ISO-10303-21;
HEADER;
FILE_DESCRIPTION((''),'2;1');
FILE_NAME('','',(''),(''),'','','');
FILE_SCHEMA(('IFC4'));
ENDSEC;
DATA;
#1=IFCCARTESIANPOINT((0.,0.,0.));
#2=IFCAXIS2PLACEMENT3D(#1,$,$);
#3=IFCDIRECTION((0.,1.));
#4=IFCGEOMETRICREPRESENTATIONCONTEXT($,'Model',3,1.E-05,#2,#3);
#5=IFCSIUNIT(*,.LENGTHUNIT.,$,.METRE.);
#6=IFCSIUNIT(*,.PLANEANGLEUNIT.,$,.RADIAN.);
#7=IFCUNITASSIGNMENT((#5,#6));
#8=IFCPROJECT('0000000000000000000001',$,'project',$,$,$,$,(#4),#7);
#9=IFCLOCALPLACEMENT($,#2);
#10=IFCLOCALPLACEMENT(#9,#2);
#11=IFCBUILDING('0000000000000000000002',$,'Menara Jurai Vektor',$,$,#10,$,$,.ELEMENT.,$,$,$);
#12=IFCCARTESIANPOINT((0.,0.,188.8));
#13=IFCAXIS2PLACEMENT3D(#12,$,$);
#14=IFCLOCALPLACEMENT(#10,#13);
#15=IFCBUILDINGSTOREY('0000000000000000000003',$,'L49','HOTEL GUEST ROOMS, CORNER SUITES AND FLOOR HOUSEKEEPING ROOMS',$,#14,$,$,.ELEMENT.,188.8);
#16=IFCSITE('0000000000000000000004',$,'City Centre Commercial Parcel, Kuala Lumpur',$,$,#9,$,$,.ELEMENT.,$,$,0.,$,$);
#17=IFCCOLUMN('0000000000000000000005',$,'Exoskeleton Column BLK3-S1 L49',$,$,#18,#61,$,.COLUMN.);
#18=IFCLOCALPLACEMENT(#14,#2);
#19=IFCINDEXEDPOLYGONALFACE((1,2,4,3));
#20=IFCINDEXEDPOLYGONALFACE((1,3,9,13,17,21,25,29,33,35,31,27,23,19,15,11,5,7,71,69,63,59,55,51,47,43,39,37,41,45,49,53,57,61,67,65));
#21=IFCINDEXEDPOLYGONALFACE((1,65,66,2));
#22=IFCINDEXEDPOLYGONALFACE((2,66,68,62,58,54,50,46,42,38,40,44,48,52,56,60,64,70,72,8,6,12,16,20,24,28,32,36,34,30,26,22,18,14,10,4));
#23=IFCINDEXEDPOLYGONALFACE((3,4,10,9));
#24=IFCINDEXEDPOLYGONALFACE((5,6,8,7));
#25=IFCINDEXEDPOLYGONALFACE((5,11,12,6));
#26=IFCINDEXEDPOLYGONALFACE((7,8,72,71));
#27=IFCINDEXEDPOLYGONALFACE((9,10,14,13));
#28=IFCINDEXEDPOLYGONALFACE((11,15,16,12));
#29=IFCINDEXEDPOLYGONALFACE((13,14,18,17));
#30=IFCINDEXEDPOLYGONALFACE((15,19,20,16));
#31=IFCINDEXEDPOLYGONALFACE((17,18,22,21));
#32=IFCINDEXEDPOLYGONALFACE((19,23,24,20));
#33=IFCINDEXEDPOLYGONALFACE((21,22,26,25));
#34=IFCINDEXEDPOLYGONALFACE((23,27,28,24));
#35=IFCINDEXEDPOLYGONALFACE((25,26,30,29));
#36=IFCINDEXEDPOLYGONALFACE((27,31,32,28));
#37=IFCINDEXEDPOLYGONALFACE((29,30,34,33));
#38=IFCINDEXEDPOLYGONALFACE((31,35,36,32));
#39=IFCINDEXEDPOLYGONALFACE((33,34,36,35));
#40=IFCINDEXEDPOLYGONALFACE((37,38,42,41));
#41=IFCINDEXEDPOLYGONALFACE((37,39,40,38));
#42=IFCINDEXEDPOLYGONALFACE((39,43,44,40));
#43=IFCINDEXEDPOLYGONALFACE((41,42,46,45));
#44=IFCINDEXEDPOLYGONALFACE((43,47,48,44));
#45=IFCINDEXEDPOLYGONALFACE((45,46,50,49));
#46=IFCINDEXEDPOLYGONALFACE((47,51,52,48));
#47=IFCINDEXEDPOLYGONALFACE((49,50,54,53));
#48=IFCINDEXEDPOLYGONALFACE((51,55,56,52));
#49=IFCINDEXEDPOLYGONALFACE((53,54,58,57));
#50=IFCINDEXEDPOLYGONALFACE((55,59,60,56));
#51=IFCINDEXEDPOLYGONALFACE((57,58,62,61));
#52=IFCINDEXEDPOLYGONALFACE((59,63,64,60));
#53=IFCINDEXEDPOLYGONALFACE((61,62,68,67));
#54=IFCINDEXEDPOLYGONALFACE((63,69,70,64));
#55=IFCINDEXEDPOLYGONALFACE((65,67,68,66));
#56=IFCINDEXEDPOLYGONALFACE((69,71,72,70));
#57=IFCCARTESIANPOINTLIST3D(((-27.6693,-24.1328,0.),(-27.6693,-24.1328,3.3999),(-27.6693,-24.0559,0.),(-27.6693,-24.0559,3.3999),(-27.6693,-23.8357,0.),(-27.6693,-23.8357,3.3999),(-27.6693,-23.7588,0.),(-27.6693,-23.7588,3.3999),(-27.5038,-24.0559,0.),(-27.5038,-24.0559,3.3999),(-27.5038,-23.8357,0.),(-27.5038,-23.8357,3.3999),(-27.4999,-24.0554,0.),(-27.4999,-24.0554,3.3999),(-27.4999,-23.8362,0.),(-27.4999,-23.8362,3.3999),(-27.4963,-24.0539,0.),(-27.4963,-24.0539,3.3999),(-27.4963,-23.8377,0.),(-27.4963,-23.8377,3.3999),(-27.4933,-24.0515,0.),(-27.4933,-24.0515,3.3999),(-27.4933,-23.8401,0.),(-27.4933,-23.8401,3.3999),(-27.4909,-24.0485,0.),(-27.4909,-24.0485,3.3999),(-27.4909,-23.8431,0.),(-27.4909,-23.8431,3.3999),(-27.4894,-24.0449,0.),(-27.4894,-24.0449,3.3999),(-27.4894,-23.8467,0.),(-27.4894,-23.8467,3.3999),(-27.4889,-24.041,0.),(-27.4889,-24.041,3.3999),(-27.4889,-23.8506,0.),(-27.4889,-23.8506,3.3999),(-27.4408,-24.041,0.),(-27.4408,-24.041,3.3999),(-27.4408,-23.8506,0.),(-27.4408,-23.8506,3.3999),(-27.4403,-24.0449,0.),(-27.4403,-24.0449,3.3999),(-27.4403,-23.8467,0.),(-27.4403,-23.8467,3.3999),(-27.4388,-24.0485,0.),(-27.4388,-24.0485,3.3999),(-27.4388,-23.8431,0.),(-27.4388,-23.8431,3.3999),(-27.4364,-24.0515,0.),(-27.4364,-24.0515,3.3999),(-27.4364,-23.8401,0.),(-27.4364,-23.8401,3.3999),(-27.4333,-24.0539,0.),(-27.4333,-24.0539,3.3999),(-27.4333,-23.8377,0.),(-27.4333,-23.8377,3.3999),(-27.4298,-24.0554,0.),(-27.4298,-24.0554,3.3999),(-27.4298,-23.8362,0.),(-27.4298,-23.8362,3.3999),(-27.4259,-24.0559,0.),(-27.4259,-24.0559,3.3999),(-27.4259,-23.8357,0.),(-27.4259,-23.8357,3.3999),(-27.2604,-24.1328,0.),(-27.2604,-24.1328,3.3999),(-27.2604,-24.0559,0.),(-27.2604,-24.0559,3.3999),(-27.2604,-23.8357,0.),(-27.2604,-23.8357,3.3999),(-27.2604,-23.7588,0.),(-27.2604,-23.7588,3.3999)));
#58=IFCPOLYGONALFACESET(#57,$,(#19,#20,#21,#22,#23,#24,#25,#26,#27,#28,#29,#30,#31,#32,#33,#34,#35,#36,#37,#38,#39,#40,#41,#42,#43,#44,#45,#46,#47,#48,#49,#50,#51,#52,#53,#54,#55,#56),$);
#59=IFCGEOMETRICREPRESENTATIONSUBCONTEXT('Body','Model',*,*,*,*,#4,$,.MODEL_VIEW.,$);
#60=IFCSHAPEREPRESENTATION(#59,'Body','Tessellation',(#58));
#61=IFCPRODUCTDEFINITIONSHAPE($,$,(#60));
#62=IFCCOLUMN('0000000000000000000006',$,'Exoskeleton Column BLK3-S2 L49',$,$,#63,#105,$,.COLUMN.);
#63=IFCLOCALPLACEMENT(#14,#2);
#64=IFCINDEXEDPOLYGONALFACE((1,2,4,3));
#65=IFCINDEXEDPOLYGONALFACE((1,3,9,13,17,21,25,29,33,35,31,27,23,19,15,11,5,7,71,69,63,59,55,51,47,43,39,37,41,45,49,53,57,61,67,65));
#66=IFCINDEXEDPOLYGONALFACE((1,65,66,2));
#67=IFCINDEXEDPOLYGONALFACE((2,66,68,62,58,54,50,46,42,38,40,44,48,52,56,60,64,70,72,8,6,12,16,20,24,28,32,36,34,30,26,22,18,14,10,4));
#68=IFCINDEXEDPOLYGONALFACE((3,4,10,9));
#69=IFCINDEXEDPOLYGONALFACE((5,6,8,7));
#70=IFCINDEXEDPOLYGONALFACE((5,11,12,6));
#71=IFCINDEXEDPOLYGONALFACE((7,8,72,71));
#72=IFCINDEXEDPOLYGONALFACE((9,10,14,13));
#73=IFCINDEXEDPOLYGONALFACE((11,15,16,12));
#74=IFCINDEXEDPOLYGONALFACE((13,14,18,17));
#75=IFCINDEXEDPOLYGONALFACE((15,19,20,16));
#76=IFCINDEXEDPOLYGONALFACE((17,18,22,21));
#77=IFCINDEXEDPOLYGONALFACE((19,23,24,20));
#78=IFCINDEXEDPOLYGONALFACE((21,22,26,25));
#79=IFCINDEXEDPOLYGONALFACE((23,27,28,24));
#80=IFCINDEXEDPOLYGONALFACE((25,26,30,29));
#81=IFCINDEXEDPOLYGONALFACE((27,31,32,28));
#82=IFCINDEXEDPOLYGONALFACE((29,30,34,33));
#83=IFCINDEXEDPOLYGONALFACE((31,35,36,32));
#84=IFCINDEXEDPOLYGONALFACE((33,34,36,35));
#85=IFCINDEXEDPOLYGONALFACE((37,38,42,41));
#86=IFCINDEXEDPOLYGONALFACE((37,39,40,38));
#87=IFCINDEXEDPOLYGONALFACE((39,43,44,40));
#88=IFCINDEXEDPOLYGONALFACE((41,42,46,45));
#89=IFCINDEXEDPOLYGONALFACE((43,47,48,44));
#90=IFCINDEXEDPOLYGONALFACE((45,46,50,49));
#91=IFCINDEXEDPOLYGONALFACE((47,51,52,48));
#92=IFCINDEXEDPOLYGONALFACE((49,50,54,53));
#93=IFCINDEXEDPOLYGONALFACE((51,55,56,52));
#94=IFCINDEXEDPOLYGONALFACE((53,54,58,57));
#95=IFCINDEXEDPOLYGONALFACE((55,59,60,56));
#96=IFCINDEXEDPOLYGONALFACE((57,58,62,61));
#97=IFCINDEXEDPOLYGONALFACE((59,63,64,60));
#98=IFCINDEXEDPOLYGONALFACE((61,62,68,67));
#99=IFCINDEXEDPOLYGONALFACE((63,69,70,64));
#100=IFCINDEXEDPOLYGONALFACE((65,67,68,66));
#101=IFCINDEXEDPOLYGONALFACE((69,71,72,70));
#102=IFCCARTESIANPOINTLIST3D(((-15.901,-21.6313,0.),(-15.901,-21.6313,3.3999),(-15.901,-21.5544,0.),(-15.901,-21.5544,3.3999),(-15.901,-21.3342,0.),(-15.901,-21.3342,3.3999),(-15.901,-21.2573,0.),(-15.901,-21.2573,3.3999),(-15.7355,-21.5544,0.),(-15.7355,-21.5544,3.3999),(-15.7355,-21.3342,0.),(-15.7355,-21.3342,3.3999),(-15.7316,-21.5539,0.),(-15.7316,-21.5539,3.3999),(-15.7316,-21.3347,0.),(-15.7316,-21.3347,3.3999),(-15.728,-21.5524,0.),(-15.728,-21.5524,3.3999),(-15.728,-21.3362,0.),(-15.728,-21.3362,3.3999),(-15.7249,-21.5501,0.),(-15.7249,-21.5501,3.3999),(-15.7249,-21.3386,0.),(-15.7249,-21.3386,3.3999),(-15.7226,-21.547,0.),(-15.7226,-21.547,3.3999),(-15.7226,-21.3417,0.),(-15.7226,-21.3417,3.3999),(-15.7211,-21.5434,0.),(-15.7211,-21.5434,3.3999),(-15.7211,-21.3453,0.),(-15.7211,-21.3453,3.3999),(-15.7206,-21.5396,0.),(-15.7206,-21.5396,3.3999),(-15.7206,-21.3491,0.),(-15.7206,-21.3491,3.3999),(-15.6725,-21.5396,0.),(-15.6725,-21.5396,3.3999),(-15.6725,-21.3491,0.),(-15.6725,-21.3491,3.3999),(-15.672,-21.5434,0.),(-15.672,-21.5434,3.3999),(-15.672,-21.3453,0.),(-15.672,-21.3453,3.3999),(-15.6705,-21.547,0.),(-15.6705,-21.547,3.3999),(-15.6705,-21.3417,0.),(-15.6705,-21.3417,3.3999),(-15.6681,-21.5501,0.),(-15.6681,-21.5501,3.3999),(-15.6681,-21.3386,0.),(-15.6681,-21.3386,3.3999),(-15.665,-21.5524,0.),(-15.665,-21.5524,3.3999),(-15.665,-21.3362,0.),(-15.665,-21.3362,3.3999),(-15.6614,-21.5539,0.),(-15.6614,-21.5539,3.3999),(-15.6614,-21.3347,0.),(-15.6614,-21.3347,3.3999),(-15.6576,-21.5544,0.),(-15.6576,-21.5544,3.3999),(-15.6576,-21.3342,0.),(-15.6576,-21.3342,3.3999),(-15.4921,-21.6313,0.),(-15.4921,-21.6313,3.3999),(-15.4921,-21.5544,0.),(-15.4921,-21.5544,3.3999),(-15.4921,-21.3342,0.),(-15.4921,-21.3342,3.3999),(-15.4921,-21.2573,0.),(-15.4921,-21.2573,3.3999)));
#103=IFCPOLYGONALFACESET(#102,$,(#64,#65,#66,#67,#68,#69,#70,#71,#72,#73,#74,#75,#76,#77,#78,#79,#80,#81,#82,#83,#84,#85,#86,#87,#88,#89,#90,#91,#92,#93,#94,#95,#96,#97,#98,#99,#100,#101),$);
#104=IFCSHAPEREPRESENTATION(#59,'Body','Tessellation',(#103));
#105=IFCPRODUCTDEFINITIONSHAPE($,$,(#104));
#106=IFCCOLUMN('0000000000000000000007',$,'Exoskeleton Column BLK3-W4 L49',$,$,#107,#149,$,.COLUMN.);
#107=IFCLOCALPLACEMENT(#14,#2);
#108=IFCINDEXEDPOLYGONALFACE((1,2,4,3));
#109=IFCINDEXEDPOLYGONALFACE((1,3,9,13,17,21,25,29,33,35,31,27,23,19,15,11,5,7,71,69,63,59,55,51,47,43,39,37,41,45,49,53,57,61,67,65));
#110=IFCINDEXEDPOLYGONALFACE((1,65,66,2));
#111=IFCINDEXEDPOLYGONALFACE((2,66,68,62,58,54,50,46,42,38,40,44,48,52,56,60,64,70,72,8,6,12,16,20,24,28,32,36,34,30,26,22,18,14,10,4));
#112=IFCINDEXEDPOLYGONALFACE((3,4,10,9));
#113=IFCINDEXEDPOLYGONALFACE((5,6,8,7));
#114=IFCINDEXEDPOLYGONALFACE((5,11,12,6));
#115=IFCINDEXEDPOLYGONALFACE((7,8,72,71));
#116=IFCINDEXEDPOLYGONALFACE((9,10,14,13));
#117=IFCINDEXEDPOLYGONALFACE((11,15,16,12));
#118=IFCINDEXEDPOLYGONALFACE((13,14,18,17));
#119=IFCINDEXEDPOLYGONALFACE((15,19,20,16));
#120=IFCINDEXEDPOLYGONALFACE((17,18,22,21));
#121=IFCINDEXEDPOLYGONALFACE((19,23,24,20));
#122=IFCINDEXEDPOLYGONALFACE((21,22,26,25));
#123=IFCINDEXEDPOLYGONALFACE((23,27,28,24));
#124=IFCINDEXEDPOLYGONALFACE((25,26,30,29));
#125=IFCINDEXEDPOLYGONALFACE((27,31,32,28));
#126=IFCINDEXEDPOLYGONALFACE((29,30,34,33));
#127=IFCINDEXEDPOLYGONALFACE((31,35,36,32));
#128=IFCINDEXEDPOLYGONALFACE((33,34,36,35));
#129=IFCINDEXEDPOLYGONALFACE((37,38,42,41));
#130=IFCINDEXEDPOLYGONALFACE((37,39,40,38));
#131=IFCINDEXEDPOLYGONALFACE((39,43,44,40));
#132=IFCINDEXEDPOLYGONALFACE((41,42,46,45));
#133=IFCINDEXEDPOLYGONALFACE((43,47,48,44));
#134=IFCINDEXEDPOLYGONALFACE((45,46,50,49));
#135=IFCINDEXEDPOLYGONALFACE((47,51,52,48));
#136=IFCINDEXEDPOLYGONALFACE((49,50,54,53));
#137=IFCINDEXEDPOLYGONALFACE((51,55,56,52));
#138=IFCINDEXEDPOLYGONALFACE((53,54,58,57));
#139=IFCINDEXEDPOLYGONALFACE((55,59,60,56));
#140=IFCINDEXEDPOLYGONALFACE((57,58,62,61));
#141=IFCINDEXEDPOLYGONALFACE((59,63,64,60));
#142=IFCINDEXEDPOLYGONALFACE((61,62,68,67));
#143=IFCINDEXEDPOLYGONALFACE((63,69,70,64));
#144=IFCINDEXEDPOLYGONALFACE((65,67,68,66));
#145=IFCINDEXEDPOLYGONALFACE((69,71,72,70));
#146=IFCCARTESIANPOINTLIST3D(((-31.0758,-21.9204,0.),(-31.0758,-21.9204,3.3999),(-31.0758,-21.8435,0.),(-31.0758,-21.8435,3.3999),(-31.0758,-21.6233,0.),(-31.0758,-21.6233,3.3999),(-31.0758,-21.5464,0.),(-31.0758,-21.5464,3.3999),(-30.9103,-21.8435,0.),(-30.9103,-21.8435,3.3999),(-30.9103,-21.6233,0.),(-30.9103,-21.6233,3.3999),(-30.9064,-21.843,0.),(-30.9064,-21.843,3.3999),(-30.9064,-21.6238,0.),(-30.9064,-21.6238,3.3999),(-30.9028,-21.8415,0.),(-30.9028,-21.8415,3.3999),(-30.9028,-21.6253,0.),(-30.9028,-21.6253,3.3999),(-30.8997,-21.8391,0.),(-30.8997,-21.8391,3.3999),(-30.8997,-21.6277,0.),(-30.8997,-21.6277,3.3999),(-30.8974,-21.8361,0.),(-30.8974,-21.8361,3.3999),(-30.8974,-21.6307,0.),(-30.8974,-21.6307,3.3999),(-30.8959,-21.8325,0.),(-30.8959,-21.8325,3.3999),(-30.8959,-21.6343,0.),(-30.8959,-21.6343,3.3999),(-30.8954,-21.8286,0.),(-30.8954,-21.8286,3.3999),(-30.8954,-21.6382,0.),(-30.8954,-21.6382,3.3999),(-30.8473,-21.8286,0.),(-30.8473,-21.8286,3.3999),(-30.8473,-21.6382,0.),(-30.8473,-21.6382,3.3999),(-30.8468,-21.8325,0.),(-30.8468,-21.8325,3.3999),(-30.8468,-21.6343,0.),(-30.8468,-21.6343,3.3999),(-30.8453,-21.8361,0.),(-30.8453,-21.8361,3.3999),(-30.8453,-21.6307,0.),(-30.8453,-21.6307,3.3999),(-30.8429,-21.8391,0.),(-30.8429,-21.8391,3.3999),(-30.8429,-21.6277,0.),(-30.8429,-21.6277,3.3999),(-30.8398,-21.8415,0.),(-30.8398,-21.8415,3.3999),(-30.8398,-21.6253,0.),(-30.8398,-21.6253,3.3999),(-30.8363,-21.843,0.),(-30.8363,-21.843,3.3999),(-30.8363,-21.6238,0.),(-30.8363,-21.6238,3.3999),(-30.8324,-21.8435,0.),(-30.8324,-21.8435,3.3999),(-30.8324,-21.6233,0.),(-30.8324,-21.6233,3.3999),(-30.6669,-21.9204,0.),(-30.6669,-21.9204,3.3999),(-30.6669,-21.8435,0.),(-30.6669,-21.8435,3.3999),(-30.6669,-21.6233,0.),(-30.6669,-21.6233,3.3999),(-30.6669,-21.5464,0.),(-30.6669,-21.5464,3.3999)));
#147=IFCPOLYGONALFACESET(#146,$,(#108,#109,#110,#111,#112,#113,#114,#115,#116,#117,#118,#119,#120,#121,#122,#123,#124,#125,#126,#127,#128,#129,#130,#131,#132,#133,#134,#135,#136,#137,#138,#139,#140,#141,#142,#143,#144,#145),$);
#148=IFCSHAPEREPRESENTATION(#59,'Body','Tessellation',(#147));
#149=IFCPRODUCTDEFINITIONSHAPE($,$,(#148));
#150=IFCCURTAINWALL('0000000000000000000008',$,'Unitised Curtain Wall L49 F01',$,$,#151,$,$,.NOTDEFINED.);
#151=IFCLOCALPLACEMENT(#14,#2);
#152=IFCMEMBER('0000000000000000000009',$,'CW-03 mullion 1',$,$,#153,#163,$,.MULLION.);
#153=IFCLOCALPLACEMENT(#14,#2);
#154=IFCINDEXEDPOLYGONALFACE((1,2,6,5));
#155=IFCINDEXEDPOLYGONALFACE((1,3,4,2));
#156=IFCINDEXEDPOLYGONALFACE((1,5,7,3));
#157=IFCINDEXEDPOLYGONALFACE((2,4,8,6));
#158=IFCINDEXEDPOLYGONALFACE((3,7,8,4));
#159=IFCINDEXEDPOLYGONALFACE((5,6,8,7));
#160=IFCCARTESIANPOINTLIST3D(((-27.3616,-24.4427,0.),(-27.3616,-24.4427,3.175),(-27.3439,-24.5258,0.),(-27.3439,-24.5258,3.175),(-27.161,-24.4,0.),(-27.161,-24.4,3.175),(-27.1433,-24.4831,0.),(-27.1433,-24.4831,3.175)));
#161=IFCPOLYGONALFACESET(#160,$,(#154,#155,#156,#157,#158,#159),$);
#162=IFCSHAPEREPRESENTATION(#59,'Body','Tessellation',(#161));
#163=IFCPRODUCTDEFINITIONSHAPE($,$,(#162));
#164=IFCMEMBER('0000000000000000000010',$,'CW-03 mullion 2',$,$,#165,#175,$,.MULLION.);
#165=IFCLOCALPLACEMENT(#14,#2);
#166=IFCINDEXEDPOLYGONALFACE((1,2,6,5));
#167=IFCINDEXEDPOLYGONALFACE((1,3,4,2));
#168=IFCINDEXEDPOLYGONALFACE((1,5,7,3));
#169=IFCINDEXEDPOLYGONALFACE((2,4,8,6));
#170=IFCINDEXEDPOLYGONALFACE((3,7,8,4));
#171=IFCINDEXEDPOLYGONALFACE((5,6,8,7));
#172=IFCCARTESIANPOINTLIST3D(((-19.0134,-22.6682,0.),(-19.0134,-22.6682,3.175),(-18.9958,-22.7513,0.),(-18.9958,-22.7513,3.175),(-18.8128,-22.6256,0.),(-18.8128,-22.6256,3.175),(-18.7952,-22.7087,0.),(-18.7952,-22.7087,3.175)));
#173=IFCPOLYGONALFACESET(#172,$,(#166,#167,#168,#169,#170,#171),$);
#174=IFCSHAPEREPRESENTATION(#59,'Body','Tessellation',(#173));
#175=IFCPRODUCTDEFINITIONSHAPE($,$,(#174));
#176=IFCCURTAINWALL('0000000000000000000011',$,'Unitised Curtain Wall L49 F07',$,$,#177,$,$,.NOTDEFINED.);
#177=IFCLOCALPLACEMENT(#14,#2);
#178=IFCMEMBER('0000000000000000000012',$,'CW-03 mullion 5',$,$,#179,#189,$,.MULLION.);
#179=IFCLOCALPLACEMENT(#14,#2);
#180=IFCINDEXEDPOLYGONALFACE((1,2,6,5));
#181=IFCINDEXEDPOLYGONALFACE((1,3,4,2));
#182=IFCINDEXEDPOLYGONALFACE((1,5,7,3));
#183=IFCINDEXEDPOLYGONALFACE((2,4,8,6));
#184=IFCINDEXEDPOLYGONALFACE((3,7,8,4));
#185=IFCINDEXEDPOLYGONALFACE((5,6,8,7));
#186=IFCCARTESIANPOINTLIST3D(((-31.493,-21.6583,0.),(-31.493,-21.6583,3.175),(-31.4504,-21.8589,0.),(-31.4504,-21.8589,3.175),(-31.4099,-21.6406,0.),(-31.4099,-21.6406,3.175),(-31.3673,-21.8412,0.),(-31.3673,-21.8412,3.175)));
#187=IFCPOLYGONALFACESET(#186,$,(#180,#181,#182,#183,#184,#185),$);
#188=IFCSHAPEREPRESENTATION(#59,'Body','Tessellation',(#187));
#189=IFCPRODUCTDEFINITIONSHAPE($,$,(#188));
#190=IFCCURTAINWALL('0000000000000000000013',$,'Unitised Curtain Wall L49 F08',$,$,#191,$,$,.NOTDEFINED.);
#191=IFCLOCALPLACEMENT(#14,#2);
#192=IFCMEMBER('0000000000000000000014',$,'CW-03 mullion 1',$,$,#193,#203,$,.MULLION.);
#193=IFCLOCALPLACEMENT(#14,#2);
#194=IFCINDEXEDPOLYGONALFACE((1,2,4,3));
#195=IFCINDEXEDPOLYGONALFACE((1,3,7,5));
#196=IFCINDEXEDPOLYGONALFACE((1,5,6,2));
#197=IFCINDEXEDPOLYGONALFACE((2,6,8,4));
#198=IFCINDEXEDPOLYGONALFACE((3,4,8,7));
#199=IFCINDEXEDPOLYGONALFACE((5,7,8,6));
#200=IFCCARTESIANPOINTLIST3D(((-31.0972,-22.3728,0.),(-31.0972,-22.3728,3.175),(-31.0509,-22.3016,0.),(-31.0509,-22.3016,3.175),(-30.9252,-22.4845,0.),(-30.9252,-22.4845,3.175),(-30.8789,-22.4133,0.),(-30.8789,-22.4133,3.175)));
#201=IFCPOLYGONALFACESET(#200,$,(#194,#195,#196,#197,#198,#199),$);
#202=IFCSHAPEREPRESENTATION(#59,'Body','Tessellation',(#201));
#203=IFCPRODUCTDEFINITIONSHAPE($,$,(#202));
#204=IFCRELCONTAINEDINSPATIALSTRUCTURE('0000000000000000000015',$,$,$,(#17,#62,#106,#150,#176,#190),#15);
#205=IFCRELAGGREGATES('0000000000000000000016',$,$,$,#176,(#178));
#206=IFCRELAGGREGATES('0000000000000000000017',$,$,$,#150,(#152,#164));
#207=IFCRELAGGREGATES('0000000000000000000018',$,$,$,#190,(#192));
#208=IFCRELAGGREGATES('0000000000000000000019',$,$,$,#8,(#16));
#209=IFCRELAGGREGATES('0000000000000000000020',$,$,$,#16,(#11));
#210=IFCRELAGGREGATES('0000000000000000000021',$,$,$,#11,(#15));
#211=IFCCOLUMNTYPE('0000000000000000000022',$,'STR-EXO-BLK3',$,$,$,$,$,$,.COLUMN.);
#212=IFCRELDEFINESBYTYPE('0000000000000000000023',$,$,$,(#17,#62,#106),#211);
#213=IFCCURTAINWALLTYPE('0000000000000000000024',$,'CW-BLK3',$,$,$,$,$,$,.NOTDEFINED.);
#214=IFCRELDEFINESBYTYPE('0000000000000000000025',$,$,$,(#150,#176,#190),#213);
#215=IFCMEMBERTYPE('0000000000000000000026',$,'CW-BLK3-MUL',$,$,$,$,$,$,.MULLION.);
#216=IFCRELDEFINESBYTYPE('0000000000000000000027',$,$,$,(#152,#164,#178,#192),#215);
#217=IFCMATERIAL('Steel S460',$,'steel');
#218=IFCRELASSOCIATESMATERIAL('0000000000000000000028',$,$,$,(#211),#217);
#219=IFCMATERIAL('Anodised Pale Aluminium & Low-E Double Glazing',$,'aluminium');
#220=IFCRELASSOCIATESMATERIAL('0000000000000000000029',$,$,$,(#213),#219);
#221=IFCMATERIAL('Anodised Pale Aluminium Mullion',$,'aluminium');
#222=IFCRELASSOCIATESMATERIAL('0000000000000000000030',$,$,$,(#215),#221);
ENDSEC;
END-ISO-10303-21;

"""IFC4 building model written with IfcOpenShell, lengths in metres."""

from ifc_helpers import new_model, si_unit, direction, frame, origin, origin_2d, place, context, subcontext, project, spatial, rectangle, i_section, extrude, material, material_profile, profile_set, type_object, element, aggregate, save


model = new_model("IFC4")

# Units and contexts
model_context = context("Model", 3, precision=1e-05, world=origin(), true_north=direction((0.0, 1.0)))
body_context = subcontext(model_context, "Body", "Model", "MODEL_VIEW")
ifc_project = project(units=[si_unit("LENGTHUNIT", "METRE"), si_unit("PLANEANGLEUNIT", "RADIAN")], contexts=[model_context])

# Site, building, storey
site_placement = place(None, origin())
site = spatial("IfcSite", under=ifc_project, at=site_placement, Name="City Centre Commercial Parcel, Kuala Lumpur", CompositionType="ELEMENT", RefElevation=0.0)
building_placement = place(site_placement, origin())
building = spatial("IfcBuilding", under=site, at=building_placement, Name="Menara Jurai Vektor", CompositionType="ELEMENT")
storey_placement = place(building_placement, frame((0.0, 0.0, 188.8)))
storey = spatial("IfcBuildingStorey", under=building, at=storey_placement, Name="L49", Description="HOTEL GUEST ROOMS, CORNER SUITES AND FLOOR HOUSEKEEPING ROOMS", CompositionType="ELEMENT", Elevation=188.8)

# Columns
ifc_material_1 = material(Name="Steel S460", Category="steel")
ifc_material_profile_1 = material_profile(ifc_material_1, i_section(OverallWidth=0.4089, OverallDepth=0.374, WebThickness=0.0481, FlangeThickness=0.0769, FilletRadius=0.0149, at=origin_2d()), Name="HD 400x634")
ifc_profile_set_1 = profile_set([ifc_material_profile_1], Name="Steel S460")
column_type = type_object("IfcColumnType", Name="STR-EXO-BLK3", PredefinedType="COLUMN", material=ifc_profile_set_1)
for number, where, z_axis, x_axis, name in (
    (1, (-27.4648, -23.9458, 0.0), (0.0, 0.0, 1.0), (1.0, 0.0, 0.0), "Exoskeleton Column BLK3-S1 L49"),
    (2, (-15.6965, -21.4443, 0.0), (0.0, 0.0, 1.0), (1.0, 0.0, 0.0), "Exoskeleton Column BLK3-S2 L49"),
    (3, (-30.8713, -21.7334, 0.0), (0.0, 0.0, 1.0), (1.0, 0.0, 0.0), "Exoskeleton Column BLK3-W4 L49"),
):
    element("IfcColumn", number, at=place(storey_placement, frame(where, z_axis=z_axis, x_axis=x_axis)), inside=storey, type_object=column_type, Name=name, PredefinedType="COLUMN", context=body_context, shape_type="SweptSolid", body=[
        extrude(i_section(OverallWidth=0.4089, OverallDepth=0.374, WebThickness=0.0481, FlangeThickness=0.0769, FilletRadius=0.0149, at=origin_2d()), origin(), (0.0, 0.0, 1.0), 3.3999),
    ])

# Curtain wall, members
ifc_material_2 = material(Name="Anodised Pale Aluminium & Low-E Double Glazing", Category="aluminium")
curtain_wall_type = type_object("IfcCurtainWallType", Name="CW-BLK3", PredefinedType="NOTDEFINED", material=ifc_material_2)
curtain_wall_1_placement = place(storey_placement, origin())
curtain_wall_1 = element("IfcCurtainWall", 4, at=curtain_wall_1_placement, inside=storey, type_object=curtain_wall_type, Name="Unitised Curtain Wall L49 F01", PredefinedType="NOTDEFINED")
ifc_material_3 = material(Name="Anodised Pale Aluminium Mullion", Category="aluminium")
ifc_material_profile_2 = material_profile(ifc_material_3, rectangle(XDim=0.085, YDim=0.2051, at=origin_2d()), Name="ALU MUL 85x205")
ifc_profile_set_2 = profile_set([ifc_material_profile_2], Name="Anodised Pale Aluminium Mullion")
member_type_1 = type_object("IfcMemberType", Name="CW-BLK3-MUL", PredefinedType="MULLION", material=ifc_profile_set_2)
member_1_placement = place(storey_placement, frame((-27.2524, -24.4629, 0.0), z_axis=(0.0, 0.0, 1.0), x_axis=(-0.207911, 0.978148, 0.0)))
member_1 = element("IfcMember", 5, at=member_1_placement, type_object=member_type_1, Name="CW-03 mullion 1", PredefinedType="MULLION", context=body_context, shape_type="SweptSolid", body=[
    extrude(rectangle(XDim=0.085, YDim=0.2051, at=origin_2d()), origin(), (0.0, 0.0, 1.0), 3.175),
])
member_2_placement = place(storey_placement, frame((-18.9043, -22.6885, 0.0), z_axis=(0.0, 0.0, 1.0), x_axis=(-0.207911, 0.978148, 0.0)))
member_2 = element("IfcMember", 6, at=member_2_placement, type_object=member_type_1, Name="CW-03 mullion 2", PredefinedType="MULLION", context=body_context, shape_type="SweptSolid", body=[
    extrude(rectangle(XDim=0.085, YDim=0.2051, at=origin_2d()), origin(), (0.0, 0.0, 1.0), 3.175),
])

# Curtain wall, member
curtain_wall_2_placement = place(storey_placement, origin())
curtain_wall_2 = element("IfcCurtainWall", 7, at=curtain_wall_2_placement, inside=storey, type_object=curtain_wall_type, Name="Unitised Curtain Wall L49 F07", PredefinedType="NOTDEFINED")
member_3_placement = place(storey_placement, frame((-31.4302, -21.7498, 0.0), z_axis=(0.0, 0.0, 1.0), x_axis=(0.978148, 0.20791, 0.0)))
member_3 = element("IfcMember", 8, at=member_3_placement, type_object=member_type_1, Name="CW-03 mullion 5", PredefinedType="MULLION", context=body_context, shape_type="SweptSolid", body=[
    extrude(rectangle(XDim=0.085, YDim=0.2051, at=origin_2d()), origin(), (0.0, 0.0, 1.0), 3.175),
])
aggregate(curtain_wall_2, [member_3])

# Curtain wall, member
curtain_wall_3_placement = place(storey_placement, origin())
curtain_wall_3 = element("IfcCurtainWall", 9, at=curtain_wall_3_placement, inside=storey, type_object=curtain_wall_type, Name="Unitised Curtain Wall L49 F08", PredefinedType="NOTDEFINED")
member_4_placement = place(storey_placement, frame((-30.988, -22.3931, 0.0), z_axis=(0.0, 0.0, 1.0), x_axis=(0.544618, 0.838684, 0.0)))
member_4 = element("IfcMember", 10, at=member_4_placement, type_object=member_type_1, Name="CW-03 mullion 1", PredefinedType="MULLION", context=body_context, shape_type="SweptSolid", body=[
    extrude(rectangle(XDim=0.085, YDim=0.2051, at=origin_2d()), origin(), (0.0, 0.0, 1.0), 3.175),
])

aggregate(curtain_wall_1, [member_1, member_2])
aggregate(curtain_wall_3, [member_4])

save(model, "model.ifc")
